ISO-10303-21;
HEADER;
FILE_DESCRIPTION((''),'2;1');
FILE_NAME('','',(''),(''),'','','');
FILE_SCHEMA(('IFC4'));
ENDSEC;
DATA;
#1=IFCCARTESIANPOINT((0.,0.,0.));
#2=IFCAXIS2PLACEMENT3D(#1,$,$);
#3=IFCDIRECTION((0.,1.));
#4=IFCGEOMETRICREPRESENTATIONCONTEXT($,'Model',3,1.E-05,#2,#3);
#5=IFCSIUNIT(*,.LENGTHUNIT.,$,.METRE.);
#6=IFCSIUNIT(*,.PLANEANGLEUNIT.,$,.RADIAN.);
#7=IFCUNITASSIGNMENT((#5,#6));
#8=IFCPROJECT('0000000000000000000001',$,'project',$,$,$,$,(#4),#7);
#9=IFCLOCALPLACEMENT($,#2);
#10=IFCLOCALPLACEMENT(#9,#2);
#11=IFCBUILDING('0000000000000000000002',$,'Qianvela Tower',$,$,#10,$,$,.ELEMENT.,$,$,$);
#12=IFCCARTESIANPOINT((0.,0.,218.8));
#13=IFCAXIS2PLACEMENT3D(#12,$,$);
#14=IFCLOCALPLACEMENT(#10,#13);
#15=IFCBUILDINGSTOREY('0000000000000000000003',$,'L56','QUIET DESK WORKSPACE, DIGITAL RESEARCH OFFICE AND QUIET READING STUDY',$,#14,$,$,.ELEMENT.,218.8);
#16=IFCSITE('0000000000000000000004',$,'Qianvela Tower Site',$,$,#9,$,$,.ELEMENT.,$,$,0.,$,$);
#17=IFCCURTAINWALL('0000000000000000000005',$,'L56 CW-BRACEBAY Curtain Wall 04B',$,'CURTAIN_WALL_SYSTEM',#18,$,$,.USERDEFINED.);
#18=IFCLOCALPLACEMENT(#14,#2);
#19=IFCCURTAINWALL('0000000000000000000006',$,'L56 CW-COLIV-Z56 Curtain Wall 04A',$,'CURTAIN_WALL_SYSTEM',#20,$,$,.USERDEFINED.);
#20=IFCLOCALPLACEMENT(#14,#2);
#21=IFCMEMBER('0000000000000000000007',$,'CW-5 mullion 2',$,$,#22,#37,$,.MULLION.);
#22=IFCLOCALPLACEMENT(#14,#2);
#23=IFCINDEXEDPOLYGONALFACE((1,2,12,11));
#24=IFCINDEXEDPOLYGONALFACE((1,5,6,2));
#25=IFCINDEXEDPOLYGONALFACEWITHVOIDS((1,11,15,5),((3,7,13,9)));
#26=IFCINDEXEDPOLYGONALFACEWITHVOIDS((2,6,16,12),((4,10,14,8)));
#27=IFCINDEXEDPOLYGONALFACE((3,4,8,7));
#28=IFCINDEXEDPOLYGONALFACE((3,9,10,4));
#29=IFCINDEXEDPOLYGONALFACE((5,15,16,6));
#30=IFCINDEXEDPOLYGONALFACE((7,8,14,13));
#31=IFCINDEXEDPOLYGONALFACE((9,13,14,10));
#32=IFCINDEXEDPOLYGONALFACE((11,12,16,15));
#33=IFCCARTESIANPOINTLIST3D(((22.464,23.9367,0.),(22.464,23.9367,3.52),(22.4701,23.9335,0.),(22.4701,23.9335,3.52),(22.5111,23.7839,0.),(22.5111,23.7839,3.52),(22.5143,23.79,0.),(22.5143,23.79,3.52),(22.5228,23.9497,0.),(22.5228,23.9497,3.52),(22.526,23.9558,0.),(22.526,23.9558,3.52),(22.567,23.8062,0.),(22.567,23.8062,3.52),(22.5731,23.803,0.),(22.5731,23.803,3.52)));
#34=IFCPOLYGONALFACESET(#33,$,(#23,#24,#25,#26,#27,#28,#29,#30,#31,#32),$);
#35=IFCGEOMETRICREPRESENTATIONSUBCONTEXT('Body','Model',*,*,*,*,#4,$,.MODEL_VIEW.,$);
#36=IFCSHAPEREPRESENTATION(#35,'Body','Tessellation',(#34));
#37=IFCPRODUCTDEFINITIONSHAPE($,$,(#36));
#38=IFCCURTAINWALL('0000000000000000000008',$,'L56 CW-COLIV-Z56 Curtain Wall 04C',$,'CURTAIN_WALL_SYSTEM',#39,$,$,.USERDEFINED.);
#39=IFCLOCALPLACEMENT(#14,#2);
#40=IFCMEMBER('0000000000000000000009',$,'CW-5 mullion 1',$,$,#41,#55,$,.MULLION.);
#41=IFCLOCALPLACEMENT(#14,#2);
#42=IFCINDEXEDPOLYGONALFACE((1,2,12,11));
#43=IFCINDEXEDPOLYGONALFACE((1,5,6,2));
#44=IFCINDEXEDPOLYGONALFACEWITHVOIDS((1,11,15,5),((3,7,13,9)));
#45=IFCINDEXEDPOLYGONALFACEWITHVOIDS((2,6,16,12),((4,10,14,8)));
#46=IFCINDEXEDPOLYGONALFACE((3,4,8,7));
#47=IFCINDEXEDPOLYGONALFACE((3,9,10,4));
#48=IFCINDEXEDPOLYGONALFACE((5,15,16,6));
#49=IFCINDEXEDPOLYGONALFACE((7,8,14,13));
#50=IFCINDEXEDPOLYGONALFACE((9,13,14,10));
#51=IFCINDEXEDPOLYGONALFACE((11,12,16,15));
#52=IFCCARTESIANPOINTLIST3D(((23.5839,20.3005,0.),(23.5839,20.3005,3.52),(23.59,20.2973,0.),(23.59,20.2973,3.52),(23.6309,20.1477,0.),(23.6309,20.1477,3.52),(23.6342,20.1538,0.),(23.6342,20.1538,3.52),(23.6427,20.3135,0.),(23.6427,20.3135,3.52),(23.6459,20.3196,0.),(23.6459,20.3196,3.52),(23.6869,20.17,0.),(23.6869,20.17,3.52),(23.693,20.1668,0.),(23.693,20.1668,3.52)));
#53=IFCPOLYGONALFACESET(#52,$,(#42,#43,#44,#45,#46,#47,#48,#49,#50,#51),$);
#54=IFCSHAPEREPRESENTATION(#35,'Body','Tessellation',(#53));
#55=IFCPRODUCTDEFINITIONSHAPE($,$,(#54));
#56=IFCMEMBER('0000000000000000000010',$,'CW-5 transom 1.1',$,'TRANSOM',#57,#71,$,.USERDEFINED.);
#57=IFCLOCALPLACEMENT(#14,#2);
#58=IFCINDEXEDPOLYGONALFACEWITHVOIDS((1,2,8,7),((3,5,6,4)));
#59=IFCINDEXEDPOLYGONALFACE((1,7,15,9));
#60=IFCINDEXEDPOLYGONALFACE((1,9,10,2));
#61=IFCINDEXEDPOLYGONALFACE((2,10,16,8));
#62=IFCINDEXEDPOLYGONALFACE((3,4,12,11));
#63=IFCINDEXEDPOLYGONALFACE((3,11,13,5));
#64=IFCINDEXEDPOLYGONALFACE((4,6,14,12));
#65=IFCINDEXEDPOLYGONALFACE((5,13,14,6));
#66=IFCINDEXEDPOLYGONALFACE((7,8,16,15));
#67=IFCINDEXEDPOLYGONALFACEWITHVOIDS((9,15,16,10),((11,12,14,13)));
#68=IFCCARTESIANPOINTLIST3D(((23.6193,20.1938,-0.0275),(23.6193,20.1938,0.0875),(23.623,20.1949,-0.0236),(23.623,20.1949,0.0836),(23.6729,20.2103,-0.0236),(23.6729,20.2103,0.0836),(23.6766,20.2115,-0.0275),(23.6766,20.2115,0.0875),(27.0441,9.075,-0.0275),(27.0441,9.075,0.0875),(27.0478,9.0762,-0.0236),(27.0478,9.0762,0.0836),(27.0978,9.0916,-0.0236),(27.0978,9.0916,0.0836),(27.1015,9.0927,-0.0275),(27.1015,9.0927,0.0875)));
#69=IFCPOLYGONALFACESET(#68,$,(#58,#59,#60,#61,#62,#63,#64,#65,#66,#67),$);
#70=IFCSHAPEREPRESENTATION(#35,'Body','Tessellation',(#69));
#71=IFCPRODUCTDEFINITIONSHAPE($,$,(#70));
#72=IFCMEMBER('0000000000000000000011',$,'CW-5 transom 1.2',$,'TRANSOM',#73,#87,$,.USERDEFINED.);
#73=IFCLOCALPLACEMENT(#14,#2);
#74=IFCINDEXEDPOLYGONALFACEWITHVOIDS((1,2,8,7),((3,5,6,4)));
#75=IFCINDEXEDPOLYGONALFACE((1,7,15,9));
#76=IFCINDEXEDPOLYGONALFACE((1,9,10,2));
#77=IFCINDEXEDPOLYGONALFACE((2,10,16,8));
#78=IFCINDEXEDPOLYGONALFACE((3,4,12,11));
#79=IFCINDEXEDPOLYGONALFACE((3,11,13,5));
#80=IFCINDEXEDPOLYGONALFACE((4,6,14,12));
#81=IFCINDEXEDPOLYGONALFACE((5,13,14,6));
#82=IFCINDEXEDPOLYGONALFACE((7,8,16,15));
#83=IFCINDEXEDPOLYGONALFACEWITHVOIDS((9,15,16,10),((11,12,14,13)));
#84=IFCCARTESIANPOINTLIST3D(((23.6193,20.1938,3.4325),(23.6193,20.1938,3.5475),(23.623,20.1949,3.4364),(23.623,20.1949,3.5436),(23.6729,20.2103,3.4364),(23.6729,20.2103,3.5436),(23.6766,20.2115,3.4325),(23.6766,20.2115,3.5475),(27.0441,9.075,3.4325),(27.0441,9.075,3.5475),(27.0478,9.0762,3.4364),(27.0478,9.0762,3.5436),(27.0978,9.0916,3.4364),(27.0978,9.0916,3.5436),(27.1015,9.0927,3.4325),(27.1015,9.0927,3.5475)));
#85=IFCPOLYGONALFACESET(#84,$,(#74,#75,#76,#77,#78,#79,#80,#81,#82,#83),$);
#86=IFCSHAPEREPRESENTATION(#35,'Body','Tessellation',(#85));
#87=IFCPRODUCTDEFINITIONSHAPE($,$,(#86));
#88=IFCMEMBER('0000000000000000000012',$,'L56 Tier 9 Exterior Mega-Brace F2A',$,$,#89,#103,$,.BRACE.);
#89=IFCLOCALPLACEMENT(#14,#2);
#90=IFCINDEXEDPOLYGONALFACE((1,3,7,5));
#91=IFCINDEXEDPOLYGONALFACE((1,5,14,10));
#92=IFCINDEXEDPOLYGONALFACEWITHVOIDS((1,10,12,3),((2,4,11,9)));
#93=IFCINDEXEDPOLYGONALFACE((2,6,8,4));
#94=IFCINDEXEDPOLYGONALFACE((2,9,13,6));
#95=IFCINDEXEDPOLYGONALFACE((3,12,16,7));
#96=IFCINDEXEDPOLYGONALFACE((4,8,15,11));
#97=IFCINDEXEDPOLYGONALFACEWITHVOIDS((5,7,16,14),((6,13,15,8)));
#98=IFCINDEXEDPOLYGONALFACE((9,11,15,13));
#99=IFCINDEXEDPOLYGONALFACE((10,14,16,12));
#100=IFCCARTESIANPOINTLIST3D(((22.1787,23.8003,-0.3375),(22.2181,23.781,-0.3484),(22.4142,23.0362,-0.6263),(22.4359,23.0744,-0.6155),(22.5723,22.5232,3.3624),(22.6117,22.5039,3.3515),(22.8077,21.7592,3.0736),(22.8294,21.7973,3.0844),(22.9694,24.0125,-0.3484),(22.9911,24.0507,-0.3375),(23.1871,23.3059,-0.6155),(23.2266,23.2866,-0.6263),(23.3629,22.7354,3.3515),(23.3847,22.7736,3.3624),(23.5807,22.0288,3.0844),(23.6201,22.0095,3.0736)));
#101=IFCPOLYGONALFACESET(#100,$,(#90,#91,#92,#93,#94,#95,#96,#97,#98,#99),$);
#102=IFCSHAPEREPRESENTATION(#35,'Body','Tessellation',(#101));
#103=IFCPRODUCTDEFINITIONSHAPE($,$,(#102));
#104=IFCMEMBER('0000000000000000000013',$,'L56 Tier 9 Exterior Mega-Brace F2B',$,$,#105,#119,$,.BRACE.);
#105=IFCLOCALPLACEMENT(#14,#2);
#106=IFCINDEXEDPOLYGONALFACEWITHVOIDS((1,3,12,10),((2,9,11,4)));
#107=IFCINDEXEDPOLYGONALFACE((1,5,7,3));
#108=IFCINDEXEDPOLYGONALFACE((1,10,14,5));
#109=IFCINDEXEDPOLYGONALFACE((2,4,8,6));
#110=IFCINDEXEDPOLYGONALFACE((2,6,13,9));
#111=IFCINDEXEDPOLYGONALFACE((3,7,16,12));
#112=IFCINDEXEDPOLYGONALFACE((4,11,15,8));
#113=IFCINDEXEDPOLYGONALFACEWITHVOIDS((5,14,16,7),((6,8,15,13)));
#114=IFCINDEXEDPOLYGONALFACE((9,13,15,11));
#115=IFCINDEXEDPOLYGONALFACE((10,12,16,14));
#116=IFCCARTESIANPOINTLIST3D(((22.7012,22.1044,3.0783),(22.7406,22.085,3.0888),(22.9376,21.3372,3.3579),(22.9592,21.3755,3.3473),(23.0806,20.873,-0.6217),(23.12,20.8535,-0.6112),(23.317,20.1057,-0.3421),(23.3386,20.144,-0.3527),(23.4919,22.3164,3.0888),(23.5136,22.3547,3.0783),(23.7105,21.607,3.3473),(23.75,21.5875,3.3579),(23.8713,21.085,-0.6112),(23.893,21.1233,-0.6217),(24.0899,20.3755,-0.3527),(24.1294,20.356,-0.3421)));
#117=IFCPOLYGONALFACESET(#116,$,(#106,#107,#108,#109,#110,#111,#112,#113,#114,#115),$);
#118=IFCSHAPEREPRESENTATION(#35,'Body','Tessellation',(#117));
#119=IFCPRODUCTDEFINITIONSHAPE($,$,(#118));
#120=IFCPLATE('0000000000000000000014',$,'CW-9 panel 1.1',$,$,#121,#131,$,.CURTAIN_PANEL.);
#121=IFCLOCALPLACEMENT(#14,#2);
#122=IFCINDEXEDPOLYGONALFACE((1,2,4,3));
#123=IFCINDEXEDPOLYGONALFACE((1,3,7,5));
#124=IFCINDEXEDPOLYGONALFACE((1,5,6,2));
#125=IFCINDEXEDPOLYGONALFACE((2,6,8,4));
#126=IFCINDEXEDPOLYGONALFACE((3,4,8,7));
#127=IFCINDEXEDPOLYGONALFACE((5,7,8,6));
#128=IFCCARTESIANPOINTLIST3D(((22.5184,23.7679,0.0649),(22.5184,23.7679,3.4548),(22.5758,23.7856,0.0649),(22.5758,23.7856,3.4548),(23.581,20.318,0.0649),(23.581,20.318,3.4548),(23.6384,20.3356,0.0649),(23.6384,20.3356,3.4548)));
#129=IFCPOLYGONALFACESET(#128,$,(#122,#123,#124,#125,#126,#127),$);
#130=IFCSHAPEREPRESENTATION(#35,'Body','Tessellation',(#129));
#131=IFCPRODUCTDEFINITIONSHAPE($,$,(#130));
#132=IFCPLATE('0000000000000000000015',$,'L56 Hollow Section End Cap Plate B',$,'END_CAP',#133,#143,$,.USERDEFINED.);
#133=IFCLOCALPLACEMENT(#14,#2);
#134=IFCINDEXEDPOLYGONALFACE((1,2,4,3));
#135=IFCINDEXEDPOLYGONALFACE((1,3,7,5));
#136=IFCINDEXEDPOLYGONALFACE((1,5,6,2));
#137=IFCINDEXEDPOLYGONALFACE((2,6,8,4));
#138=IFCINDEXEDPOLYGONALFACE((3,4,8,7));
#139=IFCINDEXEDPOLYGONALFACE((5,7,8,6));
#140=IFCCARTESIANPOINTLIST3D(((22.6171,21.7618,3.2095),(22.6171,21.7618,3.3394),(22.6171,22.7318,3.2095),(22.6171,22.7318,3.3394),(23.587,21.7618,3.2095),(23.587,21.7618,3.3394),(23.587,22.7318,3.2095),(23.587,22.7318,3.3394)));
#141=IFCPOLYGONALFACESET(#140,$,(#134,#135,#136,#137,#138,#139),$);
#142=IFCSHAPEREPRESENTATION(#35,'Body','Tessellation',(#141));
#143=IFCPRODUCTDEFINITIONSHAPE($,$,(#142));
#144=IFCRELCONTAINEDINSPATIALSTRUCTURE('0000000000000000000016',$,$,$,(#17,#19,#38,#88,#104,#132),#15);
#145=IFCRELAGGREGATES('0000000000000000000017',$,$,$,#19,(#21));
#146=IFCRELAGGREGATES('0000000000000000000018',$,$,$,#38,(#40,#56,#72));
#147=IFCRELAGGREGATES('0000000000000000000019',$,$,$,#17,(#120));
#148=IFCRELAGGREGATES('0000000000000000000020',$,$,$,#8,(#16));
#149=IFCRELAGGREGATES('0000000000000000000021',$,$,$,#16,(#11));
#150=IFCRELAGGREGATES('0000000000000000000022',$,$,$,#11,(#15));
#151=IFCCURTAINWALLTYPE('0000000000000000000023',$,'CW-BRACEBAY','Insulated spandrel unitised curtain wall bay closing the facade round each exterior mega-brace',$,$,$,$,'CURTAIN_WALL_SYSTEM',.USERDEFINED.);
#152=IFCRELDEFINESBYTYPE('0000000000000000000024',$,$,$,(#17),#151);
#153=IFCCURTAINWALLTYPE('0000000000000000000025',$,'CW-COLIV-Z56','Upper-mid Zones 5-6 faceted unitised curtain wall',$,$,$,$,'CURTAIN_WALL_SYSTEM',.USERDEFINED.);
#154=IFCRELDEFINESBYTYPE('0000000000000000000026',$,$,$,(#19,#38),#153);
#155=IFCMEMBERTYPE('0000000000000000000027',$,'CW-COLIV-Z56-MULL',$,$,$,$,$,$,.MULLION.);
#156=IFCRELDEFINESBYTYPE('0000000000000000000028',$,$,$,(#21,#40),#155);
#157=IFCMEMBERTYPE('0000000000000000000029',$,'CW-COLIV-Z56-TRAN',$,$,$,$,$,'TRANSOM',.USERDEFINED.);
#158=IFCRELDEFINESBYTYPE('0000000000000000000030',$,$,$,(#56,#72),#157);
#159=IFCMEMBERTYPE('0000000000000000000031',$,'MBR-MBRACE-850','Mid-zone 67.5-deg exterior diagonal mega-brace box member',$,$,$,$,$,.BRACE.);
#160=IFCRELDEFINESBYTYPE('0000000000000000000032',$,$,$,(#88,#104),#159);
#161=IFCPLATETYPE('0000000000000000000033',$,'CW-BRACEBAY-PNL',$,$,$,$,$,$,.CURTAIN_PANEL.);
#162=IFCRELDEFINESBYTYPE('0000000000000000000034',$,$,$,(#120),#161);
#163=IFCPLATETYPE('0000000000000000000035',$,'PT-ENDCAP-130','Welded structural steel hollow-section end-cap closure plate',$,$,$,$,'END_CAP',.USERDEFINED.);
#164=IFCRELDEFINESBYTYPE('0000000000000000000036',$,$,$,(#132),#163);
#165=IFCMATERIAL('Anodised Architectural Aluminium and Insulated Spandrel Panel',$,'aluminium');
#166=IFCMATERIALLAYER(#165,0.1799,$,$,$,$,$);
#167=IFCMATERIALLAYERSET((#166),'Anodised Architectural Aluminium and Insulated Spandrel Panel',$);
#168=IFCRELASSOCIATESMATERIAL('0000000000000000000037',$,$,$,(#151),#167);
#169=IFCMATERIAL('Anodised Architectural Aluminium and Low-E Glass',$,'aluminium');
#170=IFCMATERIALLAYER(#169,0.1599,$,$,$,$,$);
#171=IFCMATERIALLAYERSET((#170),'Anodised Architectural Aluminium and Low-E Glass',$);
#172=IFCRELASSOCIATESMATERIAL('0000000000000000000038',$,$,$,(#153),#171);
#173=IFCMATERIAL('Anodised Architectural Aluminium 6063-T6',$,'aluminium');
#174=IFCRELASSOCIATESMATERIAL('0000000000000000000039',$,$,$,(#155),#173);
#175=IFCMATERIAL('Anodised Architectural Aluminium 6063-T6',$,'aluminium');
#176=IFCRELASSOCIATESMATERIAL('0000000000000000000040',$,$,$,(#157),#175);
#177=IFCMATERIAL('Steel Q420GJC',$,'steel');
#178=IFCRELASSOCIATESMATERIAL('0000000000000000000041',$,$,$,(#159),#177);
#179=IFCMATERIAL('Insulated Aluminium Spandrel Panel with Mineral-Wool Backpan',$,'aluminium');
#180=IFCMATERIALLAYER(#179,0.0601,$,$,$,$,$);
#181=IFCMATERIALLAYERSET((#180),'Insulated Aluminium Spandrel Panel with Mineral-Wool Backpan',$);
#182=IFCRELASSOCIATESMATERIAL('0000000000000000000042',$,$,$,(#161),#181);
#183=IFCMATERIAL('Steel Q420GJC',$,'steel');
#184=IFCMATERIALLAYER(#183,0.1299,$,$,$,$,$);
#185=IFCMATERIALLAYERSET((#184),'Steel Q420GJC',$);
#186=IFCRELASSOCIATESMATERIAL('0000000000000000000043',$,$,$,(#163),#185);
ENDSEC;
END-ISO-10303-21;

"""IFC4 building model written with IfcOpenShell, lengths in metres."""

from ifc_helpers import new_model, si_unit, direction, frame, origin, origin_2d, place, context, subcontext, project, spatial, rectangle, hollow_rectangle, extrude, material, layer, layer_set, material_profile, profile_set, type_object, element, aggregate, save


model = new_model("IFC4")

# Units and contexts
model_context = context("Model", 3, precision=1e-05, world=origin(), true_north=direction((0.0, 1.0)))
body_context = subcontext(model_context, "Body", "Model", "MODEL_VIEW")
ifc_project = project(units=[si_unit("LENGTHUNIT", "METRE"), si_unit("PLANEANGLEUNIT", "RADIAN")], contexts=[model_context])

# Site, building, storey
site_placement = place(None, origin())
site = spatial("IfcSite", under=ifc_project, at=site_placement, Name="Qianvela Tower Site", CompositionType="ELEMENT", RefElevation=0.0)
building_placement = place(site_placement, origin())
building = spatial("IfcBuilding", under=site, at=building_placement, Name="Qianvela Tower", CompositionType="ELEMENT")
storey_placement = place(building_placement, frame((0.0, 0.0, 218.8)))
storey = spatial("IfcBuildingStorey", under=building, at=storey_placement, Name="L56", Description="QUIET DESK WORKSPACE, DIGITAL RESEARCH OFFICE AND QUIET READING STUDY", CompositionType="ELEMENT", Elevation=218.8)

# Curtain wall
ifc_material_1 = material(Name="Anodised Architectural Aluminium and Insulated Spandrel Panel", Category="aluminium")
ifc_layer_1 = layer(ifc_material_1, 0.1799)
ifc_layer_set_1 = layer_set([ifc_layer_1], Name="Anodised Architectural Aluminium and Insulated Spandrel Panel")
curtain_wall_type_1 = type_object("IfcCurtainWallType", Name="CW-BRACEBAY", Description="Insulated spandrel unitised curtain wall bay closing the facade round each exterior mega-brace", ElementType="CURTAIN_WALL_SYSTEM", PredefinedType="USERDEFINED", material=ifc_layer_set_1)
curtain_wall_1_placement = place(storey_placement, origin())
curtain_wall_1 = element("IfcCurtainWall", 1, at=curtain_wall_1_placement, inside=storey, type_object=curtain_wall_type_1, Name="L56 CW-BRACEBAY Curtain Wall 04B", ObjectType="CURTAIN_WALL_SYSTEM", PredefinedType="USERDEFINED")

# Curtain wall, member
ifc_material_2 = material(Name="Anodised Architectural Aluminium and Low-E Glass", Category="aluminium")
ifc_layer_2 = layer(ifc_material_2, 0.1599)
ifc_layer_set_2 = layer_set([ifc_layer_2], Name="Anodised Architectural Aluminium and Low-E Glass")
curtain_wall_type_2 = type_object("IfcCurtainWallType", Name="CW-COLIV-Z56", Description="Upper-mid Zones 5-6 faceted unitised curtain wall", ElementType="CURTAIN_WALL_SYSTEM", PredefinedType="USERDEFINED", material=ifc_layer_set_2)
curtain_wall_2_placement = place(storey_placement, origin())
curtain_wall_2 = element("IfcCurtainWall", 2, at=curtain_wall_2_placement, inside=storey, type_object=curtain_wall_type_2, Name="L56 CW-COLIV-Z56 Curtain Wall 04A", ObjectType="CURTAIN_WALL_SYSTEM", PredefinedType="USERDEFINED")
ifc_material_3 = material(Name="Anodised Architectural Aluminium 6063-T6", Category="aluminium")
ifc_material_profile_1 = material_profile(ifc_material_3, hollow_rectangle(XDim=0.0649, YDim=0.1599, WallThickness=0.0049, at=origin_2d()), Name="ALU-MULL-65x160")
ifc_profile_set_1 = profile_set([ifc_material_profile_1], Name="Anodised Architectural Aluminium 6063-T6")
member_type_1 = type_object("IfcMemberType", Name="CW-COLIV-Z56-MULL", PredefinedType="MULLION", material=ifc_profile_set_1)
member_1_placement = place(storey_placement, frame((22.5186, 23.8699, 0.0), z_axis=(0.0, 0.0, 1.0), x_axis=(0.955689, 0.294379, 0.0)))
member_1 = element("IfcMember", 3, at=member_1_placement, type_object=member_type_1, Name="CW-5 mullion 2", PredefinedType="MULLION", context=body_context, shape_type="SweptSolid", body=[
    extrude(hollow_rectangle(XDim=0.0649, YDim=0.1599, WallThickness=0.0049, at=origin_2d()), origin(), (0.0, 0.0, 1.0), 3.52),
])
aggregate(curtain_wall_2, [member_1])

# Curtain wall, members
curtain_wall_3_placement = place(storey_placement, origin())
curtain_wall_3 = element("IfcCurtainWall", 4, at=curtain_wall_3_placement, inside=storey, type_object=curtain_wall_type_2, Name="L56 CW-COLIV-Z56 Curtain Wall 04C", ObjectType="CURTAIN_WALL_SYSTEM", PredefinedType="USERDEFINED")
member_2_placement = place(storey_placement, frame((23.6384, 20.2336, 0.0), z_axis=(0.0, 0.0, 1.0), x_axis=(0.955689, 0.294377, 0.0)))
member_2 = element("IfcMember", 5, at=member_2_placement, type_object=member_type_1, Name="CW-5 mullion 1", PredefinedType="MULLION", context=body_context, shape_type="SweptSolid", body=[
    extrude(hollow_rectangle(XDim=0.0649, YDim=0.1599, WallThickness=0.0049, at=origin_2d()), origin(), (0.0, 0.0, 1.0), 3.52),
])
ifc_material_4 = material(Name="Anodised Architectural Aluminium 6063-T6", Category="aluminium")
ifc_material_profile_2 = material_profile(ifc_material_4, hollow_rectangle(XDim=0.0601, YDim=0.115, WallThickness=0.0039, at=origin_2d()), Name="ALU-TRAN-60x115")
ifc_profile_set_2 = profile_set([ifc_material_profile_2], Name="Anodised Architectural Aluminium 6063-T6")
member_type_2 = type_object("IfcMemberType", Name="CW-COLIV-Z56-TRAN", ElementType="TRANSOM", PredefinedType="USERDEFINED", material=ifc_profile_set_2)
member_3_placement = place(storey_placement, frame((23.6479, 20.2026, 0.03), z_axis=(0.294375, -0.95569, 0.0), x_axis=(0.95569, 0.294375, 0.0)))
member_3 = element("IfcMember", 6, at=member_3_placement, type_object=member_type_2, Name="CW-5 transom 1.1", ObjectType="TRANSOM", PredefinedType="USERDEFINED", context=body_context, shape_type="SweptSolid", body=[
    extrude(hollow_rectangle(XDim=0.0601, YDim=0.115, WallThickness=0.0039, at=origin_2d()), origin(), (0.0, 0.0, 1.0), 11.6343),
])
member_4_placement = place(storey_placement, frame((23.6479, 20.2026, 3.49), z_axis=(0.294375, -0.95569, 0.0), x_axis=(0.95569, 0.294375, 0.0)))
member_4 = element("IfcMember", 7, at=member_4_placement, type_object=member_type_2, Name="CW-5 transom 1.2", ObjectType="TRANSOM", PredefinedType="USERDEFINED", context=body_context, shape_type="SweptSolid", body=[
    extrude(hollow_rectangle(XDim=0.0601, YDim=0.115, WallThickness=0.0039, at=origin_2d()), origin(), (0.0, 0.0, 1.0), 11.6343),
])
aggregate(curtain_wall_3, [member_2, member_3, member_4])

# Members
ifc_material_5 = material(Name="Steel Q420GJC", Category="steel")
ifc_material_profile_3 = material_profile(ifc_material_5, hollow_rectangle(XDim=0.8501, YDim=0.8501, WallThickness=0.032, at=origin_2d()), Name="MBOX-850x850x32")
ifc_profile_set_3 = profile_set([ifc_material_profile_3], Name="Steel Q420GJC")
member_type_3 = type_object("IfcMemberType", Name="MBR-MBRACE-850", Description="Mid-zone 67.5-deg exterior diagonal mega-brace box member", PredefinedType="BRACE", material=ifc_profile_set_3)
member_5_placement = place(storey_placement, frame((22.7026, 23.5435, -0.4819), z_axis=(0.100042, -0.32464, 0.940532), x_axis=(0.955653, 0.294497, 0.0)))
element("IfcMember", 8, at=member_5_placement, inside=storey, type_object=member_type_3, Name="L56 Tier 9 Exterior Mega-Brace F2A", PredefinedType="BRACE", context=body_context, shape_type="SweptSolid", body=[
    extrude(hollow_rectangle(XDim=0.8501, YDim=0.8501, WallThickness=0.032, at=origin_2d()), origin(), (0.0, 0.0, 1.0), 3.9338),
])
member_6_placement = place(storey_placement, frame((23.605, 20.6145, -0.4819), z_axis=(-0.096836, 0.314312, 0.944368), x_axis=(-0.955672, -0.294432, 0.0)))
element("IfcMember", 9, at=member_6_placement, inside=storey, type_object=member_type_3, Name="L56 Tier 9 Exterior Mega-Brace F2B", PredefinedType="BRACE", context=body_context, shape_type="SweptSolid", body=[
    extrude(hollow_rectangle(XDim=0.8501, YDim=0.8501, WallThickness=0.032, at=origin_2d()), origin(), (0.0, 0.0, 1.0), 3.918),
])

# Plates
ifc_material_6 = material(Name="Insulated Aluminium Spandrel Panel with Mineral-Wool Backpan", Category="aluminium")
ifc_layer_3 = layer(ifc_material_6, 0.0601)
ifc_layer_set_3 = layer_set([ifc_layer_3], Name="Insulated Aluminium Spandrel Panel with Mineral-Wool Backpan")
plate_type_1 = type_object("IfcPlateType", Name="CW-BRACEBAY-PNL", PredefinedType="CURTAIN_PANEL", material=ifc_layer_set_3)
plate_1_placement = place(storey_placement, frame((23.0784, 22.0518, 0.0649), z_axis=(0.0, 0.0, 1.0), x_axis=(0.294366, -0.955693, 0.0)))
plate_1 = element("IfcPlate", 10, at=plate_1_placement, type_object=plate_type_1, Name="CW-9 panel 1.1", PredefinedType="CURTAIN_PANEL", context=body_context, shape_type="SweptSolid", body=[
    extrude(rectangle(XDim=3.6099, YDim=0.0601, at=origin_2d()), origin(), (0.0, 0.0, 1.0), 3.3899),
])
aggregate(curtain_wall_1, [plate_1])
ifc_material_7 = material(Name="Steel Q420GJC", Category="steel")
ifc_layer_4 = layer(ifc_material_7, 0.1299)
ifc_layer_set_4 = layer_set([ifc_layer_4], Name="Steel Q420GJC")
plate_type_2 = type_object("IfcPlateType", Name="PT-ENDCAP-130", Description="Welded structural steel hollow-section end-cap closure plate", ElementType="END_CAP", PredefinedType="USERDEFINED", material=ifc_layer_set_4)
plate_2_placement = place(storey_placement, frame((23.1021, 22.2468, 3.2095), z_axis=(0.0, 0.0, 1.0), x_axis=(1.0, 0.0, 0.0)))
element("IfcPlate", 11, at=plate_2_placement, inside=storey, type_object=plate_type_2, Name="L56 Hollow Section End Cap Plate B", ObjectType="END_CAP", PredefinedType="USERDEFINED", context=body_context, shape_type="SweptSolid", body=[
    extrude(rectangle(XDim=0.97, YDim=0.97, at=origin_2d()), origin(), (0.0, 0.0, 1.0), 0.1299),
])

save(model, "model.ifc")
